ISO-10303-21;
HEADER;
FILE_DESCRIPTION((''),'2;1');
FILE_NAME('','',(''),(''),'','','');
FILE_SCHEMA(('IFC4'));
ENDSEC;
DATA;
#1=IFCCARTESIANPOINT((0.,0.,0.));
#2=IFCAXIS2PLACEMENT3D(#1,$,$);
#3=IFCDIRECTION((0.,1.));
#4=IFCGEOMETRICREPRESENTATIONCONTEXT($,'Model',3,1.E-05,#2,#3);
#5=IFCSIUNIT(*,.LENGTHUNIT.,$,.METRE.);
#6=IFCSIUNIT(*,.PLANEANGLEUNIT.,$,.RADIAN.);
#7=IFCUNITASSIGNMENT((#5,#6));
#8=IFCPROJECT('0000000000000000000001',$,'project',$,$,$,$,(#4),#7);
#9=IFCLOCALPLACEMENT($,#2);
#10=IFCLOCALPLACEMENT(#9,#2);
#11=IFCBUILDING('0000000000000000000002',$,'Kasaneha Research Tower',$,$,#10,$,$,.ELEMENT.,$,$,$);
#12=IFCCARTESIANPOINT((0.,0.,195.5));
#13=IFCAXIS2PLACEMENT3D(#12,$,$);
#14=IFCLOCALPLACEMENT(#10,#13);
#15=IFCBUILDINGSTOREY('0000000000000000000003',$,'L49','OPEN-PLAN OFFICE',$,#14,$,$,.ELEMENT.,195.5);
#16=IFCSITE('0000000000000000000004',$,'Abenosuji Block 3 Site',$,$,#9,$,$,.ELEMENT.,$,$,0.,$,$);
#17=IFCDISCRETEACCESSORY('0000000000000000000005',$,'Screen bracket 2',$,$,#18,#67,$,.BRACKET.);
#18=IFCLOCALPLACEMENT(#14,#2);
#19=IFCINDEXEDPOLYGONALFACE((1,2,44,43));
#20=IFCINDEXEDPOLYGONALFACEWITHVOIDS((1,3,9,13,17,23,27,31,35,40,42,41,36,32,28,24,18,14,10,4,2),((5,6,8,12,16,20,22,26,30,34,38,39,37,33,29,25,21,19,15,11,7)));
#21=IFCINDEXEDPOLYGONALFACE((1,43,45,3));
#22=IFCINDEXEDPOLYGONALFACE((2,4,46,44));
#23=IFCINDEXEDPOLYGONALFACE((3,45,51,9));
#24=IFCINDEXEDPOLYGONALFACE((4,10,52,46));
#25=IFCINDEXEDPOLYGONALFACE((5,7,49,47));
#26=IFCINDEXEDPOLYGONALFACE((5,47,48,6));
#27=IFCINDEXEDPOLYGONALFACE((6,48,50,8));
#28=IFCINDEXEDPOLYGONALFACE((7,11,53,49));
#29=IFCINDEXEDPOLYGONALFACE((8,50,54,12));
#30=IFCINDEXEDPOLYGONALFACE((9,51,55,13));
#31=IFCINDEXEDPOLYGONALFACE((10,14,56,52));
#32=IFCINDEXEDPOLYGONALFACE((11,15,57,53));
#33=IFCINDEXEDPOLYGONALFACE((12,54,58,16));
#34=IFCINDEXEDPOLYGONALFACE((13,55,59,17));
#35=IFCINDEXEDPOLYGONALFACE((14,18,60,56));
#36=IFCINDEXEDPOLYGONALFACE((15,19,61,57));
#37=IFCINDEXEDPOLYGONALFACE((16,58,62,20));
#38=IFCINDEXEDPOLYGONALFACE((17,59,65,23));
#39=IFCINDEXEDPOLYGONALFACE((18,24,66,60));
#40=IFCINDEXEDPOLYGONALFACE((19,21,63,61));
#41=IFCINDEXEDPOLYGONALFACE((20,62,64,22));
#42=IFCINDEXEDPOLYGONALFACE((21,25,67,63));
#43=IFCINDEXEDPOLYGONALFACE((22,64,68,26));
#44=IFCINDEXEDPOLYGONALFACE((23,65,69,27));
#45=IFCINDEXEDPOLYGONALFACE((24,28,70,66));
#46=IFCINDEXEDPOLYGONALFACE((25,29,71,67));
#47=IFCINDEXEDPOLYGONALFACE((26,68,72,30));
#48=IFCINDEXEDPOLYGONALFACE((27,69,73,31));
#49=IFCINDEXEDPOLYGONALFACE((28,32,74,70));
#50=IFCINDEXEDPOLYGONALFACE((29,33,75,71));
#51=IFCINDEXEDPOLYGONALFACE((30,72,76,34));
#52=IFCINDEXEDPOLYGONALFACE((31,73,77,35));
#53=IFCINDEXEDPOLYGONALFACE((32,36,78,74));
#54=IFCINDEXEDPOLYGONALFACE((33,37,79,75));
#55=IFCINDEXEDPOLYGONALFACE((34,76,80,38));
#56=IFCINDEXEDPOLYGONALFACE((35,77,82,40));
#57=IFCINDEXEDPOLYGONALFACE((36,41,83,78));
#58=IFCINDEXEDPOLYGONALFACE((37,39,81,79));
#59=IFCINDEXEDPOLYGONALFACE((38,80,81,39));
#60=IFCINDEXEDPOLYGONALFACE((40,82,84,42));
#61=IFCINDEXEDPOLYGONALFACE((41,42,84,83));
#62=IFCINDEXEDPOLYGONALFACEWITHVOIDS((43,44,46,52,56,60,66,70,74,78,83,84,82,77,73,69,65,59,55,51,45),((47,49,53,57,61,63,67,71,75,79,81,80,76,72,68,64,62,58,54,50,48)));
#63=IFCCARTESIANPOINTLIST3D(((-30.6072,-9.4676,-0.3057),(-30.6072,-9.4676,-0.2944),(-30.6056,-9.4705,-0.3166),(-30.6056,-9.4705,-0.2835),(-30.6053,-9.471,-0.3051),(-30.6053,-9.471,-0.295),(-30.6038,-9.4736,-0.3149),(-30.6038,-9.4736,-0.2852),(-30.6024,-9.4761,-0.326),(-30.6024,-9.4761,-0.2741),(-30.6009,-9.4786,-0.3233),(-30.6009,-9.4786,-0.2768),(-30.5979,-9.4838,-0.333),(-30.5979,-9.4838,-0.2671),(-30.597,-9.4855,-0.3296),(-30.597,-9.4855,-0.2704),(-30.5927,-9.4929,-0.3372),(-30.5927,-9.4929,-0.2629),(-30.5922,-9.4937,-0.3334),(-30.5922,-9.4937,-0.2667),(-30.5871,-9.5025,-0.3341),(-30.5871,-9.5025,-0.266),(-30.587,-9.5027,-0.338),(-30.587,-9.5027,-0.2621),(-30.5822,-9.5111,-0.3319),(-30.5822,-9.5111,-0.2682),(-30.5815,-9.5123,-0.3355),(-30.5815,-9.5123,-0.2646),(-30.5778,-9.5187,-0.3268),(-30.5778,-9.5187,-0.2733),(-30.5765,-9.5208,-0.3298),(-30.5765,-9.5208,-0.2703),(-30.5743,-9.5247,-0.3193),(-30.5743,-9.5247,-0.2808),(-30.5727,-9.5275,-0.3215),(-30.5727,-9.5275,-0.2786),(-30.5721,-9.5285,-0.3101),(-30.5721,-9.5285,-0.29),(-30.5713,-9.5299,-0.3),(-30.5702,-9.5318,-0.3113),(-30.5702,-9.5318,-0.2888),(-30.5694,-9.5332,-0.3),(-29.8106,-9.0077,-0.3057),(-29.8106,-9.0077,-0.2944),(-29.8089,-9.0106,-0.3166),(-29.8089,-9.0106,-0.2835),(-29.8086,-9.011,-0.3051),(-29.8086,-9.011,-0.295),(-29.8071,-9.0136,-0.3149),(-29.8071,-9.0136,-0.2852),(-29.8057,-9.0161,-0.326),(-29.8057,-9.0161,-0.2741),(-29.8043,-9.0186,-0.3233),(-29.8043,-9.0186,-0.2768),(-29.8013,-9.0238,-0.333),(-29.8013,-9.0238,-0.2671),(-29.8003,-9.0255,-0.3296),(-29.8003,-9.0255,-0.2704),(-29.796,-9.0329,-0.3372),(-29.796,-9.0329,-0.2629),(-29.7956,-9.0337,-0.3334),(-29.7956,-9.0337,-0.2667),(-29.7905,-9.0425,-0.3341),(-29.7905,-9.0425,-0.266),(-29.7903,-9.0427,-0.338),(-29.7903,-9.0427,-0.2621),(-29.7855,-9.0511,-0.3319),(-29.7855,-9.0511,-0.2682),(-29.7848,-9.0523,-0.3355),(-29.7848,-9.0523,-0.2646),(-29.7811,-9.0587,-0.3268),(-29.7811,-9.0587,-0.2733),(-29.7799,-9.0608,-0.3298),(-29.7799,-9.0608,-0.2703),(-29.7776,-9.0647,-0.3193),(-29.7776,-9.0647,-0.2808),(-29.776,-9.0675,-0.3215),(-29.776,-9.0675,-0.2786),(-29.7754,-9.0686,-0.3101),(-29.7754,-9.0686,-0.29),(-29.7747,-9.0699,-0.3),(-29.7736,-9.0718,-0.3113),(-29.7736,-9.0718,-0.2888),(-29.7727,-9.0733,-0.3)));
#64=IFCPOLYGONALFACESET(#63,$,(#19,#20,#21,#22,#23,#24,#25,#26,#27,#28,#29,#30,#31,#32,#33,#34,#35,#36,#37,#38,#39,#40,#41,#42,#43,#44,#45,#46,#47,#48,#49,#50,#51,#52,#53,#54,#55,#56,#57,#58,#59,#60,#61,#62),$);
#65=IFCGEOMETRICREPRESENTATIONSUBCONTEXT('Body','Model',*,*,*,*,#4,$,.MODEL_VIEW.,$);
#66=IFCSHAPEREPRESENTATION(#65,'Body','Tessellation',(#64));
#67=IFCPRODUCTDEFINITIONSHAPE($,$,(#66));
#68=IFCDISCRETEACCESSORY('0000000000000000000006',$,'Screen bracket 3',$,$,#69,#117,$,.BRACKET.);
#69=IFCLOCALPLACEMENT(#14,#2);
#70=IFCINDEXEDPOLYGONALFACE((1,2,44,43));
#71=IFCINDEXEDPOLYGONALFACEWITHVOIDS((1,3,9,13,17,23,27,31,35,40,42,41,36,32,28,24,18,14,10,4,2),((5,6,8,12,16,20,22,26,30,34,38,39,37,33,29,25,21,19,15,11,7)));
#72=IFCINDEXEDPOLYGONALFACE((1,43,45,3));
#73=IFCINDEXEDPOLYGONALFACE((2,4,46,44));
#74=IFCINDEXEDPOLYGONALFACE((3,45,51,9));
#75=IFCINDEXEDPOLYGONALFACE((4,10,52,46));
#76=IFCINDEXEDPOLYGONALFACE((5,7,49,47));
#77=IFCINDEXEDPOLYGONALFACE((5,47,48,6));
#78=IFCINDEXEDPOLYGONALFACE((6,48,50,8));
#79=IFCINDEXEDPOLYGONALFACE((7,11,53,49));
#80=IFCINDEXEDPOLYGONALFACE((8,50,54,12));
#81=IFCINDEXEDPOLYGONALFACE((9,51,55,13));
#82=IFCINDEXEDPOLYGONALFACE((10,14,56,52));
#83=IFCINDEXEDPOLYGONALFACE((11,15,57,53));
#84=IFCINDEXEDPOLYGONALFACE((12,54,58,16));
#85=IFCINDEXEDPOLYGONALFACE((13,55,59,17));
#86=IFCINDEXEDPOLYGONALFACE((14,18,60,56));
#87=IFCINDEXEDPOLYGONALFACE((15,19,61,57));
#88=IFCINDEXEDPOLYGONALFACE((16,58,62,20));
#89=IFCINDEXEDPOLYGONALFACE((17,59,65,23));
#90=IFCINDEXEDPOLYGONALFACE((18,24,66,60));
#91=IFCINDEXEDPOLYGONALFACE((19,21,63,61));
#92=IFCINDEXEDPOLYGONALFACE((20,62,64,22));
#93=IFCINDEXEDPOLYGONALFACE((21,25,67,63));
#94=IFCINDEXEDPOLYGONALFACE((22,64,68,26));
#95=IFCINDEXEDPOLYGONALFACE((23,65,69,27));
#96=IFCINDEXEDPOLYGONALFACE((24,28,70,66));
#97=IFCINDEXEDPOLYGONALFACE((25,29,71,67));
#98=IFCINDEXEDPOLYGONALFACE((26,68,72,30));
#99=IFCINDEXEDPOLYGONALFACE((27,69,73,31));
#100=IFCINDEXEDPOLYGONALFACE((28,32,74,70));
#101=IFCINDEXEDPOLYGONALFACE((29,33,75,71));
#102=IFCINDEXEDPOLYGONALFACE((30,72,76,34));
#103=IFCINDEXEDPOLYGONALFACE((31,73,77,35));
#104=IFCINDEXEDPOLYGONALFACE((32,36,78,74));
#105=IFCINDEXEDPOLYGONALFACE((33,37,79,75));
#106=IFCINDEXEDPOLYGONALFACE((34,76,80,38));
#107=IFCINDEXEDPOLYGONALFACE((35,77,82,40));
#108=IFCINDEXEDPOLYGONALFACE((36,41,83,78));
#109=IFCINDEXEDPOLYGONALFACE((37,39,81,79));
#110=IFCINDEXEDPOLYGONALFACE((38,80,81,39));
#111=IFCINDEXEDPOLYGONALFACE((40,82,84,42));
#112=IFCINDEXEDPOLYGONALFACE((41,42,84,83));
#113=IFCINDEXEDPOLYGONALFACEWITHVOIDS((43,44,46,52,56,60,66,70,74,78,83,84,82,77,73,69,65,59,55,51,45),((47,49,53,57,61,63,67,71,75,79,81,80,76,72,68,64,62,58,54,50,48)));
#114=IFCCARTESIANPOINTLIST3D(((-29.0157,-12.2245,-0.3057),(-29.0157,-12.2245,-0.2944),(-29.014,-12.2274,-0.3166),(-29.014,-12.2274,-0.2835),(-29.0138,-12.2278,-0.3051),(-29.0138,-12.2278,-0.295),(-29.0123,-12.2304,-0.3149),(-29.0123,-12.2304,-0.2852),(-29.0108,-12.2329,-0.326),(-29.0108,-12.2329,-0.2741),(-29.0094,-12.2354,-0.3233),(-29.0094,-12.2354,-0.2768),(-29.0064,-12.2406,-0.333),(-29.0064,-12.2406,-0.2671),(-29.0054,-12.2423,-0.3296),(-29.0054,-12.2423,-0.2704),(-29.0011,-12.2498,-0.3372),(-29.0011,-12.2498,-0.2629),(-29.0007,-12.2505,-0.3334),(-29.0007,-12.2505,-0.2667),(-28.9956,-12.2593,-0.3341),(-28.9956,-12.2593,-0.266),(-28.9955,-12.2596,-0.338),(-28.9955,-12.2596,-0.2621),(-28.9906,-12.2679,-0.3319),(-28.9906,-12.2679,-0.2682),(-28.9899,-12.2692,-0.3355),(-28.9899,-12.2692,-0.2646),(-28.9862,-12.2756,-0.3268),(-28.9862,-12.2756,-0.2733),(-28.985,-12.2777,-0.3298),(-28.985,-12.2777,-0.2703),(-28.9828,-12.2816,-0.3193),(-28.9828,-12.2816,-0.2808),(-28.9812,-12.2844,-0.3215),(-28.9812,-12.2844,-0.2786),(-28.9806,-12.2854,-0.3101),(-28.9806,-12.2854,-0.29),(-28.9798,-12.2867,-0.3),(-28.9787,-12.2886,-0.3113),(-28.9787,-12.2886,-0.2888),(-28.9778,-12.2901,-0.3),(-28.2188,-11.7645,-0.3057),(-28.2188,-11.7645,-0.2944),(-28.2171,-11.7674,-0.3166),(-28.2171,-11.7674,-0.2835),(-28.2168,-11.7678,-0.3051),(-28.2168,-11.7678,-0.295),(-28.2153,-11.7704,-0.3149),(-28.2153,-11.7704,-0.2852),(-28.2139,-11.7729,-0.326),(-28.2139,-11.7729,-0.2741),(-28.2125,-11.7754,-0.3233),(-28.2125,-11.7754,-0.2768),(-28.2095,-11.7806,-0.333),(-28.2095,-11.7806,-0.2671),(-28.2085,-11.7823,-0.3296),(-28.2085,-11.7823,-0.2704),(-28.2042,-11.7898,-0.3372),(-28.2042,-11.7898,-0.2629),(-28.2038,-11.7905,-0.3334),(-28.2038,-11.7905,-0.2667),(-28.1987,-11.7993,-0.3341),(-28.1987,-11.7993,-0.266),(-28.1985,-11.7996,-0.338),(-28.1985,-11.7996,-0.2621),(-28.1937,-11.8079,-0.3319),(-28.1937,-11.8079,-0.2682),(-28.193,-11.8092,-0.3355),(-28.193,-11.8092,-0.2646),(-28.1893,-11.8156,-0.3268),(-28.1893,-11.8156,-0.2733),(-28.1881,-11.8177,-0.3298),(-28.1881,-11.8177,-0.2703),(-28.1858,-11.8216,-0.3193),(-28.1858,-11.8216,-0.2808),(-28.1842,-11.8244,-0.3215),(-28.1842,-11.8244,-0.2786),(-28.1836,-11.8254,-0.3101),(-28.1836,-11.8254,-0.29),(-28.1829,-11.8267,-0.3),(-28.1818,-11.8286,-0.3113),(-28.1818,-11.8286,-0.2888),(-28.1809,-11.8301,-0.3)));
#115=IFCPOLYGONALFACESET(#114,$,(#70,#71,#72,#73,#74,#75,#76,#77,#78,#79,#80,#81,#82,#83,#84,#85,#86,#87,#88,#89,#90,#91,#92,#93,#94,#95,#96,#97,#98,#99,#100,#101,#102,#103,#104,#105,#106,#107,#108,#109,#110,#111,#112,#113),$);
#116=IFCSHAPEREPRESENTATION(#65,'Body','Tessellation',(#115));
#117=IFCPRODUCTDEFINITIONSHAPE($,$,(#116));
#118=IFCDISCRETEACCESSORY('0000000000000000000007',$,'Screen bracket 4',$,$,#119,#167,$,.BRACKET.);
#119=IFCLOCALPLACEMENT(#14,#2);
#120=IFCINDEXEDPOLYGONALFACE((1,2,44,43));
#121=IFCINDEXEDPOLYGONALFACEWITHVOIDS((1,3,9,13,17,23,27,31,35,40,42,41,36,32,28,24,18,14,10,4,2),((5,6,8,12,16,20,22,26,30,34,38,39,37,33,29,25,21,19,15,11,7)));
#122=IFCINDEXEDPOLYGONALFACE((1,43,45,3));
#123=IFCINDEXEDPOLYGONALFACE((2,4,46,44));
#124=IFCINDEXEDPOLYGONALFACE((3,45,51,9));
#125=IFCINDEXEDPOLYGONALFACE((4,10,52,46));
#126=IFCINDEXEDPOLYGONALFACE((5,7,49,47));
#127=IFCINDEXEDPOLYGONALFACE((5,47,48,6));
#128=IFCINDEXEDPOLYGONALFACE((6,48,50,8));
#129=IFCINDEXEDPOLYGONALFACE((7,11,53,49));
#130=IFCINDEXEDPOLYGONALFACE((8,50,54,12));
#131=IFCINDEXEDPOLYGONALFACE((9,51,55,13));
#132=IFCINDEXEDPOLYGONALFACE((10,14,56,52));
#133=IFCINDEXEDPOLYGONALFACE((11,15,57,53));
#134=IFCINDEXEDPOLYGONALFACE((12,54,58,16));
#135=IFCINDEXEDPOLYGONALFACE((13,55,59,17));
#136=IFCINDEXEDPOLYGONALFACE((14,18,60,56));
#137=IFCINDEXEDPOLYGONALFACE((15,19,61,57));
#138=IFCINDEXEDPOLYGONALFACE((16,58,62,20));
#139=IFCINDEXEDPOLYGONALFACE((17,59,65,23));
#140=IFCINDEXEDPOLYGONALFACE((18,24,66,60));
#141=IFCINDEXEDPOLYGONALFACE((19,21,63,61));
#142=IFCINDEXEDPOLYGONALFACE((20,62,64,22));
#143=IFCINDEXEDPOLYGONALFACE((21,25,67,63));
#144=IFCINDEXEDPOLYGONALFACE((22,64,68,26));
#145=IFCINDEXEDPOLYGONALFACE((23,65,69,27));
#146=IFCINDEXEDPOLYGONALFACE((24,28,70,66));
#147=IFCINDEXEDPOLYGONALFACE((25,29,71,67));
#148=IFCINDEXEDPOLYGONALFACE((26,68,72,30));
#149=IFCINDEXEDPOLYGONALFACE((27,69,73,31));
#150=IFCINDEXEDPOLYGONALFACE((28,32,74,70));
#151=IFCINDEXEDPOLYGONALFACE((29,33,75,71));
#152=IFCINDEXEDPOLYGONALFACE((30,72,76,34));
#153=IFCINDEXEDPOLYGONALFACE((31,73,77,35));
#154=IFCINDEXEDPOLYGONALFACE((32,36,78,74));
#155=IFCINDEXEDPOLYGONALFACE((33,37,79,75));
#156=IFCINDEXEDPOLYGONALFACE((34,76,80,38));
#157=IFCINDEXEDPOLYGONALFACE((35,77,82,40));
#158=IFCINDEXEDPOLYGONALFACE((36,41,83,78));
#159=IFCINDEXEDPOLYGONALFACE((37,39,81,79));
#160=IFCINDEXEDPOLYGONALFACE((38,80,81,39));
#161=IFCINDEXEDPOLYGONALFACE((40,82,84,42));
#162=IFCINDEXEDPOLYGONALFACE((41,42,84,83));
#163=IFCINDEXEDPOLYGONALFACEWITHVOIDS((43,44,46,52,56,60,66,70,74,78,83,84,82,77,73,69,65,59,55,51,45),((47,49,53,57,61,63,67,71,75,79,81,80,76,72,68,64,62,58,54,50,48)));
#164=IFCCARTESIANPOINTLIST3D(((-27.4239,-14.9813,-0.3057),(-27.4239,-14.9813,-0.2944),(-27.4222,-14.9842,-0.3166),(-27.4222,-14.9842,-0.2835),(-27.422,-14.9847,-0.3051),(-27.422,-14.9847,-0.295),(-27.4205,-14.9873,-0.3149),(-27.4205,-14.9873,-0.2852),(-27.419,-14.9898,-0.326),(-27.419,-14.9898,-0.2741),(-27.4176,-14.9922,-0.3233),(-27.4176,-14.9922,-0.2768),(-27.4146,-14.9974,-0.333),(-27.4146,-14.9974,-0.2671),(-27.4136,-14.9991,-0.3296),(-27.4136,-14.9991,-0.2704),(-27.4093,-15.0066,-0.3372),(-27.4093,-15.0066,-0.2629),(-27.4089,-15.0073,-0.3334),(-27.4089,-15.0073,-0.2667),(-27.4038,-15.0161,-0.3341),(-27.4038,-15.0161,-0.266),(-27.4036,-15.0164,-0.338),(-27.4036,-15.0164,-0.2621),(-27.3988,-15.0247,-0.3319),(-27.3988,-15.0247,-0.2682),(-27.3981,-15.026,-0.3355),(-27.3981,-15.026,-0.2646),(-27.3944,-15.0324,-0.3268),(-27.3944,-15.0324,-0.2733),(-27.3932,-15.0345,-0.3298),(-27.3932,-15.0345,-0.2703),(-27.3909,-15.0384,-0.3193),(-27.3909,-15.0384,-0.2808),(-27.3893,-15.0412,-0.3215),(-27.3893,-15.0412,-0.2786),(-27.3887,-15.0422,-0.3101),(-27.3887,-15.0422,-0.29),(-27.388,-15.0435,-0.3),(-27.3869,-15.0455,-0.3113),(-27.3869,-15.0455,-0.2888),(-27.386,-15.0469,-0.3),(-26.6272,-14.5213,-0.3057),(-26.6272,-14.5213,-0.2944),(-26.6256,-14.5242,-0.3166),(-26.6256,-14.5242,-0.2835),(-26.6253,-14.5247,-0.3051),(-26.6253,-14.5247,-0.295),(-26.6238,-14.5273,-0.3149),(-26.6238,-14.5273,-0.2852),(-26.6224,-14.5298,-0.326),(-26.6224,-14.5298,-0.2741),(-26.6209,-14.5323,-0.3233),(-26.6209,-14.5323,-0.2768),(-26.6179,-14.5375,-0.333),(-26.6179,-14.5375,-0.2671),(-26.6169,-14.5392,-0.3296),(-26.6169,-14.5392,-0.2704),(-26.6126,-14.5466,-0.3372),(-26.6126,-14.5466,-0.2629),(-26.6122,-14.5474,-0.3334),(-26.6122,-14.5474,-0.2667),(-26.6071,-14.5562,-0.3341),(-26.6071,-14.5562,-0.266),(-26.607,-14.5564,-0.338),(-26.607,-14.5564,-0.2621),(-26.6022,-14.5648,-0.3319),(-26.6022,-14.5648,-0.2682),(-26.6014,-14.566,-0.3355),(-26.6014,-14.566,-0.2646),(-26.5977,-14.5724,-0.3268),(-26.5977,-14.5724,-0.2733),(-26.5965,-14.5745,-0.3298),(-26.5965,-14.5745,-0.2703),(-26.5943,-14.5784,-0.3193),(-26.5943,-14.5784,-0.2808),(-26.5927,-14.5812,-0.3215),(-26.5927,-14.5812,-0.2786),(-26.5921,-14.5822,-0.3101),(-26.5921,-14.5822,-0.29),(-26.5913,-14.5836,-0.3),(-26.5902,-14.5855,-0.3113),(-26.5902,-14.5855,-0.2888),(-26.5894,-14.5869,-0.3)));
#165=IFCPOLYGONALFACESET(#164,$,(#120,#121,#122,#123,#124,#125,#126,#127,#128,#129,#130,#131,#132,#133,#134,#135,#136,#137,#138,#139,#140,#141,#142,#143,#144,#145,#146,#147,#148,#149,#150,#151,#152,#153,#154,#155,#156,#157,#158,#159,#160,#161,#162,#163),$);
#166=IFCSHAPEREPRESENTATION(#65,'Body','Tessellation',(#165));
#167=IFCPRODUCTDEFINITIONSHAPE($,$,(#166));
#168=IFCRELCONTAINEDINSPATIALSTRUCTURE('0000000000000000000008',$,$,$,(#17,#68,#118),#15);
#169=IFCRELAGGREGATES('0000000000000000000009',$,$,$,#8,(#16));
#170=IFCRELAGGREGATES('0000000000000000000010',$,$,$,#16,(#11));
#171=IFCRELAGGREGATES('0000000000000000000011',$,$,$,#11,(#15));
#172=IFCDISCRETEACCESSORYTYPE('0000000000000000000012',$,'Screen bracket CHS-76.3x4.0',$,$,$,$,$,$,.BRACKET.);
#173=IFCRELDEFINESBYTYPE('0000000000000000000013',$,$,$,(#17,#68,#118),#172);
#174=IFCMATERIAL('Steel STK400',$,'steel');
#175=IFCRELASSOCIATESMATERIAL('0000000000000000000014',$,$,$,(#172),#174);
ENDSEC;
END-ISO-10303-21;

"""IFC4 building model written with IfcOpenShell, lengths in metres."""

from ifc_helpers import new_model, si_unit, direction, frame, origin, origin_2d, place, context, subcontext, project, spatial, hollow_circle, extrude, material, material_profile, profile_set, type_object, element, save


model = new_model("IFC4")

# Units and contexts
model_context = context("Model", 3, precision=1e-05, world=origin(), true_north=direction((0.0, 1.0)))
body_context = subcontext(model_context, "Body", "Model", "MODEL_VIEW")
ifc_project = project(units=[si_unit("LENGTHUNIT", "METRE"), si_unit("PLANEANGLEUNIT", "RADIAN")], contexts=[model_context])

# Site, building, storey
site_placement = place(None, origin())
site = spatial("IfcSite", under=ifc_project, at=site_placement, Name="Abenosuji Block 3 Site", CompositionType="ELEMENT", RefElevation=0.0)
building_placement = place(site_placement, origin())
building = spatial("IfcBuilding", under=site, at=building_placement, Name="Kasaneha Research Tower", CompositionType="ELEMENT")
storey_placement = place(building_placement, frame((0.0, 0.0, 195.5)))
storey = spatial("IfcBuildingStorey", under=building, at=storey_placement, Name="L49", Description="OPEN-PLAN OFFICE", CompositionType="ELEMENT", Elevation=195.5)

# Discrete accessories
ifc_material_1 = material(Name="Steel STK400", Category="steel")
ifc_material_profile_1 = material_profile(ifc_material_1, hollow_circle(Radius=0.0381, WallThickness=0.0039, at=origin_2d()), Name="CHS-76.3x4.0")
ifc_profile_set_1 = profile_set([ifc_material_profile_1], Name="Steel STK400")
discrete_accessory_type = type_object("IfcDiscreteAccessoryType", Name="Screen bracket CHS-76.3x4.0", PredefinedType="BRACKET", material=ifc_profile_set_1)
discrete_accessory_1_placement = place(storey_placement, frame((-29.7917, -9.0403, -0.3), z_axis=(-0.866013, -0.500021, 0.0), x_axis=(0.500021, -0.866013, 0.0)))
element("IfcDiscreteAccessory", 1, at=discrete_accessory_1_placement, inside=storey, type_object=discrete_accessory_type, Name="Screen bracket 2", PredefinedType="BRACKET", context=body_context, shape_type="SweptSolid", body=[
    extrude(hollow_circle(Radius=0.0381, WallThickness=0.0039, at=origin_2d()), origin(), (0.0, 0.0, 1.0), 0.9199),
])
discrete_accessory_2_placement = place(storey_placement, frame((-28.2, -11.7971, -0.3), z_axis=(-0.86608, -0.499906, 0.0), x_axis=(0.499906, -0.86608, 0.0)))
element("IfcDiscreteAccessory", 2, at=discrete_accessory_2_placement, inside=storey, type_object=discrete_accessory_type, Name="Screen bracket 3", PredefinedType="BRACKET", context=body_context, shape_type="SweptSolid", body=[
    extrude(hollow_circle(Radius=0.0381, WallThickness=0.0039, at=origin_2d()), origin(), (0.0, 0.0, 1.0), 0.9202),
])
discrete_accessory_3_placement = place(storey_placement, frame((-26.6084, -14.554, -0.3), z_axis=(-0.866013, -0.500021, 0.0), x_axis=(0.500021, -0.866013, 0.0)))
element("IfcDiscreteAccessory", 3, at=discrete_accessory_3_placement, inside=storey, type_object=discrete_accessory_type, Name="Screen bracket 4", PredefinedType="BRACKET", context=body_context, shape_type="SweptSolid", body=[
    extrude(hollow_circle(Radius=0.0381, WallThickness=0.0039, at=origin_2d()), origin(), (0.0, 0.0, 1.0), 0.9199),
])

save(model, "model.ifc")
